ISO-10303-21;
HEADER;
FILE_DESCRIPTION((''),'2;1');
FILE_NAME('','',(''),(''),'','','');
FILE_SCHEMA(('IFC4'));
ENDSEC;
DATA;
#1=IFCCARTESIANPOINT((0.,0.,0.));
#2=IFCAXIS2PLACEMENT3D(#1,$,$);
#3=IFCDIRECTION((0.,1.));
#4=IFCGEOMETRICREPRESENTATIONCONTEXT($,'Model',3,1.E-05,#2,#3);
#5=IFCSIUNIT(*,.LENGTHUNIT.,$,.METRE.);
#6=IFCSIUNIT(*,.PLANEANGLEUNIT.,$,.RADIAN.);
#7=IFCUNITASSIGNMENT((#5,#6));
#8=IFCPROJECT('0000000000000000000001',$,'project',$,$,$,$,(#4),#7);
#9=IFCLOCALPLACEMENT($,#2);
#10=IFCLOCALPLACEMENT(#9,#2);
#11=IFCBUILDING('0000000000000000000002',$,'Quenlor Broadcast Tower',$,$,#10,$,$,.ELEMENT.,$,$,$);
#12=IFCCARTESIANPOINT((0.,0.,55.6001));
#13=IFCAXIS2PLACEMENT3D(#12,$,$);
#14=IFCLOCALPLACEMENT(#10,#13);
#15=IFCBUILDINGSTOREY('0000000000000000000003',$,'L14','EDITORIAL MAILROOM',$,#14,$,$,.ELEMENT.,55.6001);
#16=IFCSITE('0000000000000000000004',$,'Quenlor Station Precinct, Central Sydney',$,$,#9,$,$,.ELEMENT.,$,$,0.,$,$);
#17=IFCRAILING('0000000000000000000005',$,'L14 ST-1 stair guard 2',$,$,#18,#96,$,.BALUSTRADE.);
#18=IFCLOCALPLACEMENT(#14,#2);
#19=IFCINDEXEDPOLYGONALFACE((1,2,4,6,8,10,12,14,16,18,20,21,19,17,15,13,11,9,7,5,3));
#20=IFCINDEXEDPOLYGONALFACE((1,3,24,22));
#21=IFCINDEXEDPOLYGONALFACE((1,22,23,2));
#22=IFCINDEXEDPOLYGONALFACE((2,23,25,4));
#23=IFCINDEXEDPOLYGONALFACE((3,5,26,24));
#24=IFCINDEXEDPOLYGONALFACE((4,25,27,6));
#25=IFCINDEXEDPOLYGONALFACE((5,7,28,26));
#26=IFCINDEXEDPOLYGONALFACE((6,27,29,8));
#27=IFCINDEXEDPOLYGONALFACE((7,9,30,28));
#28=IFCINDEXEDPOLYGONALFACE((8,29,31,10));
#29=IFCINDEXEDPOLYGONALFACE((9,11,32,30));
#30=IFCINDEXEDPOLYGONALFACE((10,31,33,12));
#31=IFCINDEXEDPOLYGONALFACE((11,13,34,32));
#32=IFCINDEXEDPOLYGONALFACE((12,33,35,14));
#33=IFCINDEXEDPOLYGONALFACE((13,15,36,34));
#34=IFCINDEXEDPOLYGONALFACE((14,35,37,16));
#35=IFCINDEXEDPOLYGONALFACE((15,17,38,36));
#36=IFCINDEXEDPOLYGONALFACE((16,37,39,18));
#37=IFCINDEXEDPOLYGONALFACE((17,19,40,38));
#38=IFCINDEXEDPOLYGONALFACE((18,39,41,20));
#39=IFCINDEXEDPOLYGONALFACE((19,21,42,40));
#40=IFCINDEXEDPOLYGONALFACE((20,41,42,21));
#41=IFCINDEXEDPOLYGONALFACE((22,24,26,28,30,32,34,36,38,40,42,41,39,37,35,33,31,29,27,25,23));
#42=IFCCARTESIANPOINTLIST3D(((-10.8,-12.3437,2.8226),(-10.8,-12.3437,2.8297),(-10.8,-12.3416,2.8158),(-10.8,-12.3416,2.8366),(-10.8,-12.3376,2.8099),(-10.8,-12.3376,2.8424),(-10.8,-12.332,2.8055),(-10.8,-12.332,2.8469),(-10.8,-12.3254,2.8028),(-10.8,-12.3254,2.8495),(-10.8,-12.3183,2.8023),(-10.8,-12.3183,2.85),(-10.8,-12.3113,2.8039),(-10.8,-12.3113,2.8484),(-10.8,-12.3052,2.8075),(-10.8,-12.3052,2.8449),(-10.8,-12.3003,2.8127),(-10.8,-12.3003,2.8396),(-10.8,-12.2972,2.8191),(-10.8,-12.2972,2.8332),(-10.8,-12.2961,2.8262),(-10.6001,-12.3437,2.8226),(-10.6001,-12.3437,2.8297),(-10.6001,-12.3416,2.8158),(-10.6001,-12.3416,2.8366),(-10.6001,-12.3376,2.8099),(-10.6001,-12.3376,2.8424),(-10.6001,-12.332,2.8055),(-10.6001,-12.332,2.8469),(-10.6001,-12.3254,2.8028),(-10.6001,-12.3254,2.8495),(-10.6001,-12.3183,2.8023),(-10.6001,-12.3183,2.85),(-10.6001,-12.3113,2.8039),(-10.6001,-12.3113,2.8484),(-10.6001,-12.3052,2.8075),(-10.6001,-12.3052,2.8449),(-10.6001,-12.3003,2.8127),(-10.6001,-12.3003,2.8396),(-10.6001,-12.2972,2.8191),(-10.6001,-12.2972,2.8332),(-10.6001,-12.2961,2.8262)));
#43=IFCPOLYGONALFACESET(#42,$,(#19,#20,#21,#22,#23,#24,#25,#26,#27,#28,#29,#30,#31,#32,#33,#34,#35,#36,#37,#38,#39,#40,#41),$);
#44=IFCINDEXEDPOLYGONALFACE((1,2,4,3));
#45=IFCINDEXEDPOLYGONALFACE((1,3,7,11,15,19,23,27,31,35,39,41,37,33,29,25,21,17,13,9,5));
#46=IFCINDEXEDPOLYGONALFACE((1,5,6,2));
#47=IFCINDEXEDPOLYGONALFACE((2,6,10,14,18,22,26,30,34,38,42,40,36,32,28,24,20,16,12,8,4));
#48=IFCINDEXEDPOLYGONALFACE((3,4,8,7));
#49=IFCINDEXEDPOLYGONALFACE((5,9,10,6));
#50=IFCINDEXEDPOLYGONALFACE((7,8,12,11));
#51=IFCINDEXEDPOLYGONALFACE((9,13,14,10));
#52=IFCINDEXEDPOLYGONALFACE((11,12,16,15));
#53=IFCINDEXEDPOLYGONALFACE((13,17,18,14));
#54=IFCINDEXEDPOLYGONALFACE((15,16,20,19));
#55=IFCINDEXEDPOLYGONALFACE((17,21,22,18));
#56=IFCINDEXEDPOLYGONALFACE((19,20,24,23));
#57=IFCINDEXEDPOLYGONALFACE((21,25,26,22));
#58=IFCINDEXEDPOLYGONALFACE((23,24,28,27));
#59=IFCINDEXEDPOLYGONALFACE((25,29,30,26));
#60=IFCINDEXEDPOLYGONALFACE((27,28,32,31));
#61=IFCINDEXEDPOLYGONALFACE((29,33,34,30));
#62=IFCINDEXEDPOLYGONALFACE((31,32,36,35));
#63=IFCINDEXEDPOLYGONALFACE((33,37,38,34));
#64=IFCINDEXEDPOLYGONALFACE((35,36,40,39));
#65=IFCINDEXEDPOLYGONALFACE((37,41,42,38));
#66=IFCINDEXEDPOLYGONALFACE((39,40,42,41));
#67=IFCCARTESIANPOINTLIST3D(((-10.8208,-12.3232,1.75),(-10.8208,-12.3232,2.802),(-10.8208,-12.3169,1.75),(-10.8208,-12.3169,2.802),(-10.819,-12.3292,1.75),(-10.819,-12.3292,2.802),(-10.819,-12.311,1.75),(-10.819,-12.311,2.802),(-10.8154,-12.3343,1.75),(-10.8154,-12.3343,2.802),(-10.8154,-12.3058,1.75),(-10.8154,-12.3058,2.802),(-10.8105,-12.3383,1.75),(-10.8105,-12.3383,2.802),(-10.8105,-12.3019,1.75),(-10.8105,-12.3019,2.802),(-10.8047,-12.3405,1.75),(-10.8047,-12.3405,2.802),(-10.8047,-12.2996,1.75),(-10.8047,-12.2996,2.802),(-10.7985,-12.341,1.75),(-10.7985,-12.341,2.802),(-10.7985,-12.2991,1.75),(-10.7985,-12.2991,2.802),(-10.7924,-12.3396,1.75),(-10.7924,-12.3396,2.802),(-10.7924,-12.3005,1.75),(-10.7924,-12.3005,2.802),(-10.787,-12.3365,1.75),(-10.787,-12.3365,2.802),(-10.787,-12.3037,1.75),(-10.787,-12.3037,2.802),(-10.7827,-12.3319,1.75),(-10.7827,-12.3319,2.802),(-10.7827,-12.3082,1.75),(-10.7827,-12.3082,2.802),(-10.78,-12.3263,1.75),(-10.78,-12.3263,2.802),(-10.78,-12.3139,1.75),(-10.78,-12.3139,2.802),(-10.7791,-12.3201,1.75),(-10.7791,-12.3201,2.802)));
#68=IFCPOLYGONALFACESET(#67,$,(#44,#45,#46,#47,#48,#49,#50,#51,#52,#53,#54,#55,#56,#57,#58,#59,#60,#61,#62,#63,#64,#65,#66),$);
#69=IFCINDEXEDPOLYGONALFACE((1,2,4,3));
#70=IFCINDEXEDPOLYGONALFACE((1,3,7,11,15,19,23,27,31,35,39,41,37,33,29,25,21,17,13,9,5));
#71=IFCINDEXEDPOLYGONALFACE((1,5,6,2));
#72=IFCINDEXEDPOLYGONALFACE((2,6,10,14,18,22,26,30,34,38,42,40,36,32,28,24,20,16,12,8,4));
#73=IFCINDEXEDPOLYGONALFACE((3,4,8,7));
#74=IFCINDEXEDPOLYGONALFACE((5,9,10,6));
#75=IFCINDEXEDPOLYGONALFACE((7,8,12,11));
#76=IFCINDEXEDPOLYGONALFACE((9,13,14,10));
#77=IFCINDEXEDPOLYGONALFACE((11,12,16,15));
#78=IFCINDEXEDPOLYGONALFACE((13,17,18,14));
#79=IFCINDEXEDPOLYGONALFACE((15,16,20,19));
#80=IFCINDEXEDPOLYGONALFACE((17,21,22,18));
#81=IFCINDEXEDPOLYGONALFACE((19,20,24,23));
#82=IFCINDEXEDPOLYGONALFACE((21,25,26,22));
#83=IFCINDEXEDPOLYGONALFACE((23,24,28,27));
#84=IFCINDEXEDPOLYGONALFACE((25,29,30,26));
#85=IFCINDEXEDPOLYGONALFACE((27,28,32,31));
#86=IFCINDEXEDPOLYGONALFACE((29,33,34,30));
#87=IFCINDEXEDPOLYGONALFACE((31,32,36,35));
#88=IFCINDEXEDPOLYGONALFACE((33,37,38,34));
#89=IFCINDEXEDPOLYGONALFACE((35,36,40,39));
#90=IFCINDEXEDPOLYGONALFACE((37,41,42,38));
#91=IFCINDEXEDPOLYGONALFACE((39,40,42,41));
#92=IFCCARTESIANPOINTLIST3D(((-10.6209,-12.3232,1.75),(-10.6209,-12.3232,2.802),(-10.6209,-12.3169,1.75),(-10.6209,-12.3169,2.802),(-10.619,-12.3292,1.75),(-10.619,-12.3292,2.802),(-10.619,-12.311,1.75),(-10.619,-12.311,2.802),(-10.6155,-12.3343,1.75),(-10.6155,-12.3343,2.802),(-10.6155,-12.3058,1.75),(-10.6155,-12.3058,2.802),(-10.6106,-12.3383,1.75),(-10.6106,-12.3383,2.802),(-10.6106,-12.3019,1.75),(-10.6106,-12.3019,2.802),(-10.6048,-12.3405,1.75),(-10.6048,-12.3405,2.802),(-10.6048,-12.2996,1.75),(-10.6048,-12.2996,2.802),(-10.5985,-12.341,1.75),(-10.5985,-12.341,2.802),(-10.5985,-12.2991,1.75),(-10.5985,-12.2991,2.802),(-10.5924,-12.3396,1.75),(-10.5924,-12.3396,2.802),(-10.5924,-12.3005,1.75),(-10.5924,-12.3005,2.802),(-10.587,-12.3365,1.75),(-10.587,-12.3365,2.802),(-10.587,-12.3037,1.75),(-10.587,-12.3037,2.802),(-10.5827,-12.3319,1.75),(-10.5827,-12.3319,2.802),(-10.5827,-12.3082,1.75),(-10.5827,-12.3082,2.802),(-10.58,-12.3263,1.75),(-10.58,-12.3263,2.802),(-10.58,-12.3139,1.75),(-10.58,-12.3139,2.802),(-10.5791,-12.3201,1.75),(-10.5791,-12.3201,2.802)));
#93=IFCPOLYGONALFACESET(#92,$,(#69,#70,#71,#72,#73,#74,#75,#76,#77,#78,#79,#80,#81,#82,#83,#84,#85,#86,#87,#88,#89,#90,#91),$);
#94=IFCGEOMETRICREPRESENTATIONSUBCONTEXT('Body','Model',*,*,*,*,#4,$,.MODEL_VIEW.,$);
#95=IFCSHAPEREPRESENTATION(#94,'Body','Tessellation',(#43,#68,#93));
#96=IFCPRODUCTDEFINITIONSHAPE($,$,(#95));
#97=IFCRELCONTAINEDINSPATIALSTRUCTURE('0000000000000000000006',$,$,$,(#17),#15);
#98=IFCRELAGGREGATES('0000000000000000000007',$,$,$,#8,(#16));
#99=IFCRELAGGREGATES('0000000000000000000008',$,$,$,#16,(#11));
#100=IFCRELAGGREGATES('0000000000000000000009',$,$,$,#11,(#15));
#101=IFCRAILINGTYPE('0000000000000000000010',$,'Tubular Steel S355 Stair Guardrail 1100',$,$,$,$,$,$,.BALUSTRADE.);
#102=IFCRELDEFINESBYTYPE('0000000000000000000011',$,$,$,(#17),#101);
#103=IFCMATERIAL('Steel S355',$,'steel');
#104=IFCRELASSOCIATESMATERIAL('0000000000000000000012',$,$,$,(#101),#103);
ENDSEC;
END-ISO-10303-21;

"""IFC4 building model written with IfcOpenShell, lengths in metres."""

from ifc_helpers import new_model, si_unit, direction, frame, origin, origin_2d, place, context, subcontext, project, spatial, circle, extrude, material, type_object, element, save


model = new_model("IFC4")

# Units and contexts
model_context = context("Model", 3, precision=1e-05, world=origin(), true_north=direction((0.0, 1.0)))
body_context = subcontext(model_context, "Body", "Model", "MODEL_VIEW")
ifc_project = project(units=[si_unit("LENGTHUNIT", "METRE"), si_unit("PLANEANGLEUNIT", "RADIAN")], contexts=[model_context])

# Site, building, storey
site_placement = place(None, origin())
site = spatial("IfcSite", under=ifc_project, at=site_placement, Name="Quenlor Station Precinct, Central Sydney", CompositionType="ELEMENT", RefElevation=0.0)
building_placement = place(site_placement, origin())
building = spatial("IfcBuilding", under=site, at=building_placement, Name="Quenlor Broadcast Tower", CompositionType="ELEMENT")
storey_placement = place(building_placement, frame((0.0, 0.0, 55.6001)))
storey = spatial("IfcBuildingStorey", under=building, at=storey_placement, Name="L14", Description="EDITORIAL MAILROOM", CompositionType="ELEMENT", Elevation=55.6001)

# Railing
ifc_material_1 = material(Name="Steel S355", Category="steel")
railing_type_1 = type_object("IfcRailingType", Name="Tubular Steel S355 Stair Guardrail 1100", PredefinedType="BALUSTRADE", material=ifc_material_1)
railing_1_placement = place(storey_placement, frame((-10.8, -12.3201, 1.75)))
element("IfcRailing", 1, at=railing_1_placement, inside=storey, type_object=railing_type_1, Name="L14 ST-1 stair guard 2", PredefinedType="BALUSTRADE", context=body_context, shape_type="SweptSolid", body=[
    extrude(circle(Radius=0.0239, at=origin_2d()), frame((0.0, 0.0, 1.0762), z_axis=(1.0, 0.0, 0.0), x_axis=(0.0, 1.0, 0.0)), (0.0, 0.0, 1.0), 0.2),
    extrude(circle(Radius=0.021, at=origin_2d()), origin(), (0.0, 0.0, 1.0), 1.052),
    extrude(circle(Radius=0.021, at=origin_2d()), frame((0.2, 0.0, 0.0)), (0.0, 0.0, 1.0), 1.052),
])

save(model, "model.ifc")
